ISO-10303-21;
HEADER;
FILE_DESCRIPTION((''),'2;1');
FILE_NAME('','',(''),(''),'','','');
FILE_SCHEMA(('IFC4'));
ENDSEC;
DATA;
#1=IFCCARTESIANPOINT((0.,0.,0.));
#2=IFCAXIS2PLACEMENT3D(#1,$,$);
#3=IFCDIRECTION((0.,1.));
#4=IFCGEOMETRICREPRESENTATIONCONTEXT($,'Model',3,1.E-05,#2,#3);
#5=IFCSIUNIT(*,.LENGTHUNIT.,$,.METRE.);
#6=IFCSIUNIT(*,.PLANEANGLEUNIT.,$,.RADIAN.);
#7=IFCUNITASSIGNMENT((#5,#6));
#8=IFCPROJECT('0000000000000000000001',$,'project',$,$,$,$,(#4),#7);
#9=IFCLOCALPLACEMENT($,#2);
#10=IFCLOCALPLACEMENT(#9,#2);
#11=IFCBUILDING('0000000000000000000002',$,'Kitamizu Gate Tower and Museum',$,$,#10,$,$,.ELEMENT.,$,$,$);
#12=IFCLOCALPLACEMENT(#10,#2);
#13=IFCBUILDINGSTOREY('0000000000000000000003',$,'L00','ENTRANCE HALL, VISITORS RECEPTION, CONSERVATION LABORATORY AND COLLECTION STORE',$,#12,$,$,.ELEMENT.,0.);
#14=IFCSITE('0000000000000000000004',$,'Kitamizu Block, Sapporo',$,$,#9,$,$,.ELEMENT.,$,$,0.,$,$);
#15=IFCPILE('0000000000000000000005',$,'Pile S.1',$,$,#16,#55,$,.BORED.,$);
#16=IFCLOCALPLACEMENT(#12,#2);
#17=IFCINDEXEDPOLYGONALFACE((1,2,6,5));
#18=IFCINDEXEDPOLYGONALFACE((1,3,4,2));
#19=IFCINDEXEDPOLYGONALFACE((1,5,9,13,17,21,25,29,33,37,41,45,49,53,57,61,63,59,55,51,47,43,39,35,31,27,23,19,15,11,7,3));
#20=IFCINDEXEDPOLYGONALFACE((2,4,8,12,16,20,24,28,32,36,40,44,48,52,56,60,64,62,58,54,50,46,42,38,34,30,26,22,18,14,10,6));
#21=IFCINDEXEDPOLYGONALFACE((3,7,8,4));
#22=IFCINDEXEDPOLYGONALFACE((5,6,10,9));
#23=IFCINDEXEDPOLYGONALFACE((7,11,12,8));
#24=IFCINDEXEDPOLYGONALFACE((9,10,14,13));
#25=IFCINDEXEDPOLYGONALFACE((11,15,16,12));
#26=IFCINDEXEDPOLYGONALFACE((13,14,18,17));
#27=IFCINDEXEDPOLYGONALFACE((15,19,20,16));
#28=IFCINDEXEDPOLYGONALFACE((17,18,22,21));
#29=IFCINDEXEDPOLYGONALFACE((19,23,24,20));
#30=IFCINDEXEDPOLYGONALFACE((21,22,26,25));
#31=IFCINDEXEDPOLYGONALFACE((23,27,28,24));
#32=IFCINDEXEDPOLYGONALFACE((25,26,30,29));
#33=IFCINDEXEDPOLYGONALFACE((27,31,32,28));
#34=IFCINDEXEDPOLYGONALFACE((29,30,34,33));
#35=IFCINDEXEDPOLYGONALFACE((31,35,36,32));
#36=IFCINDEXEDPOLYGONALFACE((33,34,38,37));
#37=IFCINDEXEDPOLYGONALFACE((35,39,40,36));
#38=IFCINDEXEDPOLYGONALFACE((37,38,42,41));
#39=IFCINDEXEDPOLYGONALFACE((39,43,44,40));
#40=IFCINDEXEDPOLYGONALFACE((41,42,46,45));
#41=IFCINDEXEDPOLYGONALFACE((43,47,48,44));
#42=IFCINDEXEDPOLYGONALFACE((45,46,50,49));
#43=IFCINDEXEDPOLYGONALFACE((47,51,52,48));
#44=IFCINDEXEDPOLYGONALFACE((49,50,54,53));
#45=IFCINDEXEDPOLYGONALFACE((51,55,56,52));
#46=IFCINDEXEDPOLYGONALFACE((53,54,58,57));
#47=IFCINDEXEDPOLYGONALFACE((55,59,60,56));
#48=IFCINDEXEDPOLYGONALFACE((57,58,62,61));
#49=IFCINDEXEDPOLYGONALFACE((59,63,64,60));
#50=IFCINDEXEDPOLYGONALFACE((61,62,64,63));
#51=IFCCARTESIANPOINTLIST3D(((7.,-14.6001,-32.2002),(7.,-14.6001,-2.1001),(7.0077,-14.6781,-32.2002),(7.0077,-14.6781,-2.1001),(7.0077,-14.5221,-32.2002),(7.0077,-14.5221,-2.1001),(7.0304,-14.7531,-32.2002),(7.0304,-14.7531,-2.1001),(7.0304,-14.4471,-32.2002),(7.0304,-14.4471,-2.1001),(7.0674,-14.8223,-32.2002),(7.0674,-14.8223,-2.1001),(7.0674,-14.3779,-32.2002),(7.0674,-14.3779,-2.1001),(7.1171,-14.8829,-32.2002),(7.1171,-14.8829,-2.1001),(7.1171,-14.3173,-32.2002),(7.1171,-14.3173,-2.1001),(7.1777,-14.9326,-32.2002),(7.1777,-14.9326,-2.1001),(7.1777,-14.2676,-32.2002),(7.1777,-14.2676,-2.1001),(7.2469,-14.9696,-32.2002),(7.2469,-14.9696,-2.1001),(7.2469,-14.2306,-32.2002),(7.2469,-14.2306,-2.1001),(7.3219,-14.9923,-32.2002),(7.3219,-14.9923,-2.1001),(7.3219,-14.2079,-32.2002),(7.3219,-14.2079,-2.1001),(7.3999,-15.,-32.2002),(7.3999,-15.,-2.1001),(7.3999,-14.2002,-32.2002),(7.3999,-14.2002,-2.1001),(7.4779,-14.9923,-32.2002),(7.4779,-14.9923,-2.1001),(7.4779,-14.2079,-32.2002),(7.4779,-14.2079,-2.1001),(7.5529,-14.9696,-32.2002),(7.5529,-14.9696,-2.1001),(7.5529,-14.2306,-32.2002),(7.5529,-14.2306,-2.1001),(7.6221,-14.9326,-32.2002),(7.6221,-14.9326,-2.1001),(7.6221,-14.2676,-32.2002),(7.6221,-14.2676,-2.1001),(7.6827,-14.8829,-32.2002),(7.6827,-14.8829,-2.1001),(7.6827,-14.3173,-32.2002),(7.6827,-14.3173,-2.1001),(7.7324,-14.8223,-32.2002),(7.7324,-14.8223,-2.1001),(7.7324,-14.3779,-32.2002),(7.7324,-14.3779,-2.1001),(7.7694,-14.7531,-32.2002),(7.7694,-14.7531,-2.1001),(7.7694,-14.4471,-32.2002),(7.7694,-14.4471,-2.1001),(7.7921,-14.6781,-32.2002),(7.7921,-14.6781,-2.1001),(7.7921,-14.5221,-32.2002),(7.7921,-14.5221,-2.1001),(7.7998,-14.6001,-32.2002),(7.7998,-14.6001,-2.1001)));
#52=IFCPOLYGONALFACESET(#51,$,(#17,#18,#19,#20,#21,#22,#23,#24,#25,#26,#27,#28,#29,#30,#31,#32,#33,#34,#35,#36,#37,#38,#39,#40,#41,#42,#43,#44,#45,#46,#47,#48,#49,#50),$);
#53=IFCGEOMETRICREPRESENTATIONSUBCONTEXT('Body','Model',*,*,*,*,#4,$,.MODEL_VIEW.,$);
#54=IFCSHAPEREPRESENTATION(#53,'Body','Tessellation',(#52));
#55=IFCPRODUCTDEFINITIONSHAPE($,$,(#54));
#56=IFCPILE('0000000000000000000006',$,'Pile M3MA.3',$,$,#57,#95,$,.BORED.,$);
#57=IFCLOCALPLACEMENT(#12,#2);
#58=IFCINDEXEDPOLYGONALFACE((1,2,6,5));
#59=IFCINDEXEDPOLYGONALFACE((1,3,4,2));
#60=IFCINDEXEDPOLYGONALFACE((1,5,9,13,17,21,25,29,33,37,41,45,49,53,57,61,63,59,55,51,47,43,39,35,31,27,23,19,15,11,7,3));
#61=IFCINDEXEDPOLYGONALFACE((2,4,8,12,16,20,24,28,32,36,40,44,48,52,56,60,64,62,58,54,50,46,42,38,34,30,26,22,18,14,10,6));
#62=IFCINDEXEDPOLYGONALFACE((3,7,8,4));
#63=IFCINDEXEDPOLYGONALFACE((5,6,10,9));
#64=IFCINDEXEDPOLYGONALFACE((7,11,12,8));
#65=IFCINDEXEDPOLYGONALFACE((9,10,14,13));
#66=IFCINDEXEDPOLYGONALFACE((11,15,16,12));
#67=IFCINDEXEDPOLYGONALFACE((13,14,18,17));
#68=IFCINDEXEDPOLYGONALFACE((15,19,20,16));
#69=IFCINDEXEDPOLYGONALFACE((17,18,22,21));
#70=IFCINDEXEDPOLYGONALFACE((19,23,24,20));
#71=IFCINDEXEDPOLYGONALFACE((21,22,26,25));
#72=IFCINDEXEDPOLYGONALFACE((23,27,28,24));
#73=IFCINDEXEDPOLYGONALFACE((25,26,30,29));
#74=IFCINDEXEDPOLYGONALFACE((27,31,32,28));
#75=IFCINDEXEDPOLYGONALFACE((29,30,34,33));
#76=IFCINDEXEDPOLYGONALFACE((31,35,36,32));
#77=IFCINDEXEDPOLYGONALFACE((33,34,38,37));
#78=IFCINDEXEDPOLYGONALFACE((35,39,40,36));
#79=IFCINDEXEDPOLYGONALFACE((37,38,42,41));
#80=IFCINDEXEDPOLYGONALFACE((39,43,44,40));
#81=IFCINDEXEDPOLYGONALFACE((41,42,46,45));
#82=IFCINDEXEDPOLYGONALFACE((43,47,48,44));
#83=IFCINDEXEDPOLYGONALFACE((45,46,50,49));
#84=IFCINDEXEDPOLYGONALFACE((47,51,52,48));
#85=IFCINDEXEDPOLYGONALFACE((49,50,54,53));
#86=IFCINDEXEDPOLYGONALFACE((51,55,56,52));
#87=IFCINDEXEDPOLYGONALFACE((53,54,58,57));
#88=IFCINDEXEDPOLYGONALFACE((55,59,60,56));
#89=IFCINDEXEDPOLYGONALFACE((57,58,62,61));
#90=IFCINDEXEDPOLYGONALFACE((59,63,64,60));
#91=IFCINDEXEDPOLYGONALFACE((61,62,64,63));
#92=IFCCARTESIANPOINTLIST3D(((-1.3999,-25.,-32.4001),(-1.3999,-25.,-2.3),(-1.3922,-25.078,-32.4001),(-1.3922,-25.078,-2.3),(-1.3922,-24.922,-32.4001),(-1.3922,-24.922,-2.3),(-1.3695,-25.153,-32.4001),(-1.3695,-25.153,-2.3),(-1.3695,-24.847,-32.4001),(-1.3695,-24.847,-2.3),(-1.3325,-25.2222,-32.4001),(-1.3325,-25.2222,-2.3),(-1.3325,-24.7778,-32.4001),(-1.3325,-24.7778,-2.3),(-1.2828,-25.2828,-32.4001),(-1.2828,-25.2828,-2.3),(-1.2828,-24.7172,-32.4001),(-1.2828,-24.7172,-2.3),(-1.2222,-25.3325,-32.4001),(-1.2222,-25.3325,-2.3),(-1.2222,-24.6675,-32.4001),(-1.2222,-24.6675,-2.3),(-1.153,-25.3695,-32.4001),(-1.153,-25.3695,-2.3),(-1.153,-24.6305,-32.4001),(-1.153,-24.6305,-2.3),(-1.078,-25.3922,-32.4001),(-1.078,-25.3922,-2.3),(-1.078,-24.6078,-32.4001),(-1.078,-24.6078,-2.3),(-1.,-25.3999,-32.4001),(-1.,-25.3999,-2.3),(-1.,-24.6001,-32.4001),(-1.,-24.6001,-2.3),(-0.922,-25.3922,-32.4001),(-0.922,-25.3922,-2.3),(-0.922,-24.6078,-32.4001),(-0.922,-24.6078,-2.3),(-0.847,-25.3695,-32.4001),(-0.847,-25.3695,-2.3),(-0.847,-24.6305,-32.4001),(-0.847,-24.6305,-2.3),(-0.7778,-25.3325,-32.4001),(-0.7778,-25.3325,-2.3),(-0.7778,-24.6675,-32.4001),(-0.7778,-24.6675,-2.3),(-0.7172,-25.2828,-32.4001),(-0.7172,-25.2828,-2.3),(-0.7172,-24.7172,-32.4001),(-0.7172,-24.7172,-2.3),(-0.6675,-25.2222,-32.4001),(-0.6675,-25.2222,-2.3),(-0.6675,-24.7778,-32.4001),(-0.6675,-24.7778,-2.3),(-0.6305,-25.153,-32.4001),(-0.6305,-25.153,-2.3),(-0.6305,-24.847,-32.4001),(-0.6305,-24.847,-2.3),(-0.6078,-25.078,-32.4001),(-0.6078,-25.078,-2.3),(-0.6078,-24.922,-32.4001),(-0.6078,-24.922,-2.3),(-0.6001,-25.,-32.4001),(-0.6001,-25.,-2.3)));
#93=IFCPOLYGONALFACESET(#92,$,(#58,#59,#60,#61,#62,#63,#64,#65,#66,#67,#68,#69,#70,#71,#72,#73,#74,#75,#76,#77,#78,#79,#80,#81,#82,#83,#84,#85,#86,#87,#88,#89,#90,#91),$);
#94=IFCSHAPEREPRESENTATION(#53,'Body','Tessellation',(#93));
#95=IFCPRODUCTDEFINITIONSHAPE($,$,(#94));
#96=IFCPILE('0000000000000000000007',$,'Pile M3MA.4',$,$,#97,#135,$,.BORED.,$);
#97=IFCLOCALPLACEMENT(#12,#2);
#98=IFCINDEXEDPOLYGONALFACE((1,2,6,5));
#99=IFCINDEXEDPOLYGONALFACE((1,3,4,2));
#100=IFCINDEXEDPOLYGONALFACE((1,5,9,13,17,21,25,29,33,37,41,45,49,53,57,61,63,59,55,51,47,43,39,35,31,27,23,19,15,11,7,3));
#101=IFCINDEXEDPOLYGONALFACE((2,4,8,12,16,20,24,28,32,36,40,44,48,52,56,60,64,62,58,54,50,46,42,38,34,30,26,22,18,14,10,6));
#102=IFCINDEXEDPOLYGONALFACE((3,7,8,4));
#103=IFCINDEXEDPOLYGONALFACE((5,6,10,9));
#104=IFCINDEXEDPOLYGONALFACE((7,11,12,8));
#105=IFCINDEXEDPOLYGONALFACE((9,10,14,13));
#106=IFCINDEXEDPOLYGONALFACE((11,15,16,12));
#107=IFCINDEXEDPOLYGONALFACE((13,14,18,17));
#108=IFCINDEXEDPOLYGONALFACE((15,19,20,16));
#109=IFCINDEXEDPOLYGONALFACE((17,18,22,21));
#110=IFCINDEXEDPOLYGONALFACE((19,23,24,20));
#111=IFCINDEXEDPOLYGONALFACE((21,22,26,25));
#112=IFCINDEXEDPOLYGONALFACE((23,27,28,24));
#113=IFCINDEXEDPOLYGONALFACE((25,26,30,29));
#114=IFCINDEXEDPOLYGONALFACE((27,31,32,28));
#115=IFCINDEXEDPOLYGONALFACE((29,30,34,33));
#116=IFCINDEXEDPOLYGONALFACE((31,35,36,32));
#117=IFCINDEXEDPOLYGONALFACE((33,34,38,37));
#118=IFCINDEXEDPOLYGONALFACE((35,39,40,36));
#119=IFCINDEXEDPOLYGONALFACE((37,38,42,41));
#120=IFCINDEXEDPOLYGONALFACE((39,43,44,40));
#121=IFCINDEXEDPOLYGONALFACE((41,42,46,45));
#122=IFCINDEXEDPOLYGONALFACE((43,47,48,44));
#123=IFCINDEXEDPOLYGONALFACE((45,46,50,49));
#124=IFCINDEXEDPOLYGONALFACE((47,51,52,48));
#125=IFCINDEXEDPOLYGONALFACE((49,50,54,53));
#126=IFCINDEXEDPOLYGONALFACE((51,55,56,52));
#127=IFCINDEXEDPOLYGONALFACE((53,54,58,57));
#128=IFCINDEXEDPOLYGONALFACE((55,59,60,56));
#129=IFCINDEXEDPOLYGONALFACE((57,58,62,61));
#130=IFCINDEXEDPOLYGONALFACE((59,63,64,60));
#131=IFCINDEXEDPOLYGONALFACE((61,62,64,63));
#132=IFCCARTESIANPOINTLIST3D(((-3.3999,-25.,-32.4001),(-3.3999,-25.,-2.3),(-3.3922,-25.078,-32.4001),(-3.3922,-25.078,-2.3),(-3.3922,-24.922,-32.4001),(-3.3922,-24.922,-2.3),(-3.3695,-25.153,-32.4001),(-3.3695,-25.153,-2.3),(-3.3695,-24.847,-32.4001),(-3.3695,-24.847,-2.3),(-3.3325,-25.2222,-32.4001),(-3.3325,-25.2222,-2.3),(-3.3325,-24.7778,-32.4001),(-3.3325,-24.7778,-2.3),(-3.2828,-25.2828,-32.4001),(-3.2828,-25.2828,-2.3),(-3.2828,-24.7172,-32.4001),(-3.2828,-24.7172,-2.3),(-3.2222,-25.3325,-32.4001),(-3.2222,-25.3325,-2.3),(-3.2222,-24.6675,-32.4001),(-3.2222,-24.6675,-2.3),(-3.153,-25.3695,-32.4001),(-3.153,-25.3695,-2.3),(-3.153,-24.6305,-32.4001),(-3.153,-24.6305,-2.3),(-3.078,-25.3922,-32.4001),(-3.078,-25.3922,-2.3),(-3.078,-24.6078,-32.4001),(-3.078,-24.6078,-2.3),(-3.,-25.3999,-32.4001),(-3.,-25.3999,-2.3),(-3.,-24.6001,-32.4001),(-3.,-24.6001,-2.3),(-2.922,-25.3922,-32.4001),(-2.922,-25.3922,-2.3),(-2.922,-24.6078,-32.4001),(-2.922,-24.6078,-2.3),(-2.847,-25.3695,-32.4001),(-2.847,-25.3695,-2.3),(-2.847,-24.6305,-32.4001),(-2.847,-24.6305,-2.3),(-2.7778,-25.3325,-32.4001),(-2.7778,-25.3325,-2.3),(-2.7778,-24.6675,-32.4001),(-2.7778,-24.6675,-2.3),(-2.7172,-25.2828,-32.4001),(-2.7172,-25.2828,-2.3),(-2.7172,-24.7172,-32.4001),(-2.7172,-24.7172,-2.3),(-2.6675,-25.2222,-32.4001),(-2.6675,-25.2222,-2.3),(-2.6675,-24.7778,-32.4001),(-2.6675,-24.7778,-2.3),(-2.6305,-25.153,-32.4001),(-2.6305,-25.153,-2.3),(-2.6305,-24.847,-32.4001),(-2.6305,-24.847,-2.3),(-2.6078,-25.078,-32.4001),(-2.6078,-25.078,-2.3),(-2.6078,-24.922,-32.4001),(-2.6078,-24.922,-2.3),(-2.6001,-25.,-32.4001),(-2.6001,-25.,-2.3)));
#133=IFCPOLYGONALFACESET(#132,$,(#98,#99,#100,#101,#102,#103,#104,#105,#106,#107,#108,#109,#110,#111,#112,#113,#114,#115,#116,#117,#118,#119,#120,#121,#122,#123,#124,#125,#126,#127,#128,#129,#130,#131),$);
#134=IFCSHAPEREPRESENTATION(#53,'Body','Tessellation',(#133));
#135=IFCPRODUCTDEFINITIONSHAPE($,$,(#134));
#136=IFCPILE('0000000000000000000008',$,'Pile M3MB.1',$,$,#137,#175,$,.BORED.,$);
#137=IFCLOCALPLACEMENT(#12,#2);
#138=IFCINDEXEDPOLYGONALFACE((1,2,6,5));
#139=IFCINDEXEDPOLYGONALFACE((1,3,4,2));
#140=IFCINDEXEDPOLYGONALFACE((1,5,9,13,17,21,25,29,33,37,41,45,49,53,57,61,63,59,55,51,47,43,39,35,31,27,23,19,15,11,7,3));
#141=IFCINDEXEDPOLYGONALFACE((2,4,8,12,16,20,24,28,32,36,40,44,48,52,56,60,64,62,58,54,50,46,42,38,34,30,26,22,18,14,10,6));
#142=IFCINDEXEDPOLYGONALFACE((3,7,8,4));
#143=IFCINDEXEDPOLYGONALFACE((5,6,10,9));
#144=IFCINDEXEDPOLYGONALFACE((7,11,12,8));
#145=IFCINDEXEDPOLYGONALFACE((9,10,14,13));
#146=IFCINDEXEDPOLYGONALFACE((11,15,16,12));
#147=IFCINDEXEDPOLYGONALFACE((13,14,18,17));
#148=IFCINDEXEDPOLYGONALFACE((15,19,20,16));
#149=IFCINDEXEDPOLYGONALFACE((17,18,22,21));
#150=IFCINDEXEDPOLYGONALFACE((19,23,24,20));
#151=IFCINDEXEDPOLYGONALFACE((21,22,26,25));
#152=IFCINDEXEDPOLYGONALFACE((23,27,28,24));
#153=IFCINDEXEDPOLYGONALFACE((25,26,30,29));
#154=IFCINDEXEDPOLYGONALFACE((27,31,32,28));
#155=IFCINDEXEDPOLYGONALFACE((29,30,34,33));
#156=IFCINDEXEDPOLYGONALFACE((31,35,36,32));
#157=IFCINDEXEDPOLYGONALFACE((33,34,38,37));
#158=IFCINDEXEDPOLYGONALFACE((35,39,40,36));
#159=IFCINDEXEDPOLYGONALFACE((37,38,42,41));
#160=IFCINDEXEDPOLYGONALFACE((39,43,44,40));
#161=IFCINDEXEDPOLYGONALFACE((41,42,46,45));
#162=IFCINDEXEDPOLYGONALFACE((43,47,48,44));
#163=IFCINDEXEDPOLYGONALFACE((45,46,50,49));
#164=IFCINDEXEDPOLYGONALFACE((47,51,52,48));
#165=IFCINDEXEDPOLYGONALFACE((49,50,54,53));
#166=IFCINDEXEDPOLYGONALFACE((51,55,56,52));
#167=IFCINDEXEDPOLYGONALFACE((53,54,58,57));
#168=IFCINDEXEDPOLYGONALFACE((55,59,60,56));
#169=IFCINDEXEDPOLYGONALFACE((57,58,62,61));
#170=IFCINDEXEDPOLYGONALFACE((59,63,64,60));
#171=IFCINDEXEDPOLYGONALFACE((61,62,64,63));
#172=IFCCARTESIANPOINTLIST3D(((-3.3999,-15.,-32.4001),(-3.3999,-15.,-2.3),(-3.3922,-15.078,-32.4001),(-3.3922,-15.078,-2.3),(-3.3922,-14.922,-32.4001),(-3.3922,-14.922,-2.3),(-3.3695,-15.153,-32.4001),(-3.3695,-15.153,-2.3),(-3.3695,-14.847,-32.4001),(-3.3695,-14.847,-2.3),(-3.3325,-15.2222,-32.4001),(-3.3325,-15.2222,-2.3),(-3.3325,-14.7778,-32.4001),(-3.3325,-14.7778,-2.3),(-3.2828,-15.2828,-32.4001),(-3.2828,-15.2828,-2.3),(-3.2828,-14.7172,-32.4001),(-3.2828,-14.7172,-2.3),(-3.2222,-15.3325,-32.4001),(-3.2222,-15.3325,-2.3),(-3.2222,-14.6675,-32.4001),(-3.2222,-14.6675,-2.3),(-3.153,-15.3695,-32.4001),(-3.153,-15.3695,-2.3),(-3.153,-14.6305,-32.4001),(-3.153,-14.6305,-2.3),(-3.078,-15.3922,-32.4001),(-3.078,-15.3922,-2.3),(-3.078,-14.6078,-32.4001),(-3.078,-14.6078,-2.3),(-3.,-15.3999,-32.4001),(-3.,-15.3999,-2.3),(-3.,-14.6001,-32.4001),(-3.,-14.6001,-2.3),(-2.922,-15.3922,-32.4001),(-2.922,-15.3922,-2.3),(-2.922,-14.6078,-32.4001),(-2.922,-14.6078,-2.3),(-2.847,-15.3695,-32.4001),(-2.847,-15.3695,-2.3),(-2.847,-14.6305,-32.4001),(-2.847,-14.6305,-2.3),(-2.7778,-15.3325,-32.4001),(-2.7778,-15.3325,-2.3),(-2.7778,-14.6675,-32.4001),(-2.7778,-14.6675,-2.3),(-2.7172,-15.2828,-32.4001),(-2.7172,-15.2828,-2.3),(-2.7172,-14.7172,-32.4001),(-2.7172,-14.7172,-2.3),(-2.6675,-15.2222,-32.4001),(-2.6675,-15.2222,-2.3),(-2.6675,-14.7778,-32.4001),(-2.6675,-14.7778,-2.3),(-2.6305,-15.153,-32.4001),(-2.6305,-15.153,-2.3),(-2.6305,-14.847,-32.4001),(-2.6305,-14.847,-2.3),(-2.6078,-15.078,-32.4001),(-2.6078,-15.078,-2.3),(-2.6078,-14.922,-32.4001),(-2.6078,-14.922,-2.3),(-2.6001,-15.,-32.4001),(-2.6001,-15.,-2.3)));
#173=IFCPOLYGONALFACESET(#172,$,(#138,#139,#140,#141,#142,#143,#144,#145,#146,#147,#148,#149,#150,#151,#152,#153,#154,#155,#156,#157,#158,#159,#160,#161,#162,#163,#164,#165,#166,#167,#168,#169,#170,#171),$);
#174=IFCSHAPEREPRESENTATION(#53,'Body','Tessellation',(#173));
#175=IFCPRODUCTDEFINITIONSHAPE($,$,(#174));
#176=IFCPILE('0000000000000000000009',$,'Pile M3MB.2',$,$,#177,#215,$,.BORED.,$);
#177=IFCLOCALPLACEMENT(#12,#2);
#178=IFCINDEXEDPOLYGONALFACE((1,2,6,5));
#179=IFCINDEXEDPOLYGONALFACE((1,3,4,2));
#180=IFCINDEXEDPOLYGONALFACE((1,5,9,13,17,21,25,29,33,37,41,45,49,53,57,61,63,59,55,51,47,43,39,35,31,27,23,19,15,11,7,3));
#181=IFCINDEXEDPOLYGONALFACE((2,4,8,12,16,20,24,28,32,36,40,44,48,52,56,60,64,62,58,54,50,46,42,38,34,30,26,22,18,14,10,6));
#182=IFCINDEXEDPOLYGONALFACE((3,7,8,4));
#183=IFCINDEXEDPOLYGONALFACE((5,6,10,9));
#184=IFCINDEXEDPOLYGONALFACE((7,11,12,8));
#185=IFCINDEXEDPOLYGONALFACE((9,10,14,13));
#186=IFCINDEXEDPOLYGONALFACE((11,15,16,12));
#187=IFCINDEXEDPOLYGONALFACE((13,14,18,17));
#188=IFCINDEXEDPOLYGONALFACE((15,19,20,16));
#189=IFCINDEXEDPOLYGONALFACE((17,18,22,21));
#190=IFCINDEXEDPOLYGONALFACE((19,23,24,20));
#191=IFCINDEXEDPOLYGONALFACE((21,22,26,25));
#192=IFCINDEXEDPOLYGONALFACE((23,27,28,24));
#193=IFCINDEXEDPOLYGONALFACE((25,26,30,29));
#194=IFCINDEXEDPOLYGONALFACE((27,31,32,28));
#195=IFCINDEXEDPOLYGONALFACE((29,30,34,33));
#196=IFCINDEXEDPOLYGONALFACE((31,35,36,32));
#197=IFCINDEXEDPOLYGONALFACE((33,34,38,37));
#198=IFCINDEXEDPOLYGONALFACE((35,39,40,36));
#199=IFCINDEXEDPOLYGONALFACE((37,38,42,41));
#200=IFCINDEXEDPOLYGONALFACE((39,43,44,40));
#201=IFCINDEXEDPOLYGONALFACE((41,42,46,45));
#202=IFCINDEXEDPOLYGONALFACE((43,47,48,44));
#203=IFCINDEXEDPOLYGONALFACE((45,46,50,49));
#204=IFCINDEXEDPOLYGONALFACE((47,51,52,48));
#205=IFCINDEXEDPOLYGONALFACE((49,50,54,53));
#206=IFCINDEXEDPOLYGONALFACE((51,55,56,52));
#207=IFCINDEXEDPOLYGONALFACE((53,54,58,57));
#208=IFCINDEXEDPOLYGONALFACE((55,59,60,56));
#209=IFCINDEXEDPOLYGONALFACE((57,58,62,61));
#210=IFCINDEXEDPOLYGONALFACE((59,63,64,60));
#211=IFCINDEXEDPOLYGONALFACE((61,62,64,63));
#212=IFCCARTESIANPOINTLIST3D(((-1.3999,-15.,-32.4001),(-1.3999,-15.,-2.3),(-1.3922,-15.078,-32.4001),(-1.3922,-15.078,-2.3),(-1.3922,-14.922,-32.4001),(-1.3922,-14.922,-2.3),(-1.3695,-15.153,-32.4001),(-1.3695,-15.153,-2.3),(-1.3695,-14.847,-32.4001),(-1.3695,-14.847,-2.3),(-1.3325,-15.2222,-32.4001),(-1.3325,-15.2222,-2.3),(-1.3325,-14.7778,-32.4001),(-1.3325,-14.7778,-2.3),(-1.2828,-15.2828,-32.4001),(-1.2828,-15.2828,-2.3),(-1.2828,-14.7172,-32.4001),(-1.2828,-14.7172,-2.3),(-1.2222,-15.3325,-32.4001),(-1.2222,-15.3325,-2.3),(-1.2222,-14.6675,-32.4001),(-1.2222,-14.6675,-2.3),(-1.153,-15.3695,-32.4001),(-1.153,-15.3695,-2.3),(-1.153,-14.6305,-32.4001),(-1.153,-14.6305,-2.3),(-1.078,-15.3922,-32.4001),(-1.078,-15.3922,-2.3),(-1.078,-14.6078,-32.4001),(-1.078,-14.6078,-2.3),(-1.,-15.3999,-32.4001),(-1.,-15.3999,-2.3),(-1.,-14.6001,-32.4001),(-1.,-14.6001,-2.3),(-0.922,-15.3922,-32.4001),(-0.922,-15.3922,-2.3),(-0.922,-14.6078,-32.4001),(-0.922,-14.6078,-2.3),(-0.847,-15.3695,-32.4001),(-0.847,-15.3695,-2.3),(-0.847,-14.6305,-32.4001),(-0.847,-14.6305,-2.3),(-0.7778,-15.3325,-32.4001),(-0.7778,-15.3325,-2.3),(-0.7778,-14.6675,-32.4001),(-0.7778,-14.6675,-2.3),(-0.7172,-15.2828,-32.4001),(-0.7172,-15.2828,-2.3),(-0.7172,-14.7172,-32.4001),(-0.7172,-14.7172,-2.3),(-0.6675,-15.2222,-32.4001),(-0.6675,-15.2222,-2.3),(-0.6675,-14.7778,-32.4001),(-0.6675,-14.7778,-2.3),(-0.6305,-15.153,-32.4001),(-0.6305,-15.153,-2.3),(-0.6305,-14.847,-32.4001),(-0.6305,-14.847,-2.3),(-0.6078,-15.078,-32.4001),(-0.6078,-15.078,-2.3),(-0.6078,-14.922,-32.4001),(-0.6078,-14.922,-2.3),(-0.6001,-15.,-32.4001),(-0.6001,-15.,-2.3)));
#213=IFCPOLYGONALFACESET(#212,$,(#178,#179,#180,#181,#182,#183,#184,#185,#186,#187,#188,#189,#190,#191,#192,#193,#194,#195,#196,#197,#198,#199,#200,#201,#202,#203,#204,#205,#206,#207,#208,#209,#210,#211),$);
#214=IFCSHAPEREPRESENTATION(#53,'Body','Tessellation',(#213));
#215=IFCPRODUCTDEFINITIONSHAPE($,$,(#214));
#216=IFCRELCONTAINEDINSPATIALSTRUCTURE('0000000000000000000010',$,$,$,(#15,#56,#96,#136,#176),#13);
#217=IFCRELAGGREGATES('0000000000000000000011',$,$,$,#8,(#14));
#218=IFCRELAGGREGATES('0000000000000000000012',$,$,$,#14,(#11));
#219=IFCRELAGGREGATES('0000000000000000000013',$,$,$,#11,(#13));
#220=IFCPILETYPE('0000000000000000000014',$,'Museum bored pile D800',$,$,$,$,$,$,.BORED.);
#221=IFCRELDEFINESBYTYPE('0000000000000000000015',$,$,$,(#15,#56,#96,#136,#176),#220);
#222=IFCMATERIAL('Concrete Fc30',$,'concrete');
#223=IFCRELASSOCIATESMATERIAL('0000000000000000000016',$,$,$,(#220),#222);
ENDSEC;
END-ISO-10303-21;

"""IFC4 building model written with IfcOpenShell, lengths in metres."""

from ifc_helpers import new_model, si_unit, direction, frame, origin, origin_2d, place, context, subcontext, project, spatial, circle, extrude, material, material_profile, profile_set, type_object, element, save


model = new_model("IFC4")

# Units and contexts
model_context = context("Model", 3, precision=1e-05, world=origin(), true_north=direction((0.0, 1.0)))
body_context = subcontext(model_context, "Body", "Model", "MODEL_VIEW")
ifc_project = project(units=[si_unit("LENGTHUNIT", "METRE"), si_unit("PLANEANGLEUNIT", "RADIAN")], contexts=[model_context])

# Site, building, storey
site_placement = place(None, origin())
site = spatial("IfcSite", under=ifc_project, at=site_placement, Name="Kitamizu Block, Sapporo", CompositionType="ELEMENT", RefElevation=0.0)
building_placement = place(site_placement, origin())
building = spatial("IfcBuilding", under=site, at=building_placement, Name="Kitamizu Gate Tower and Museum", CompositionType="ELEMENT")
storey_placement = place(building_placement, origin())
storey = spatial("IfcBuildingStorey", under=building, at=storey_placement, Name="L00", Description="ENTRANCE HALL, VISITORS RECEPTION, CONSERVATION LABORATORY AND COLLECTION STORE", CompositionType="ELEMENT", Elevation=0.0)

# Piles
ifc_material_1 = material(Name="Concrete Fc30", Category="concrete")
ifc_material_profile_1 = material_profile(ifc_material_1, circle(Radius=0.3999, at=origin_2d()), Name="D800")
ifc_profile_set_1 = profile_set([ifc_material_profile_1], Name="Concrete Fc30")
pile_type = type_object("IfcPileType", Name="Museum bored pile D800", PredefinedType="BORED", material=ifc_profile_set_1)
for number, where, z_axis, x_axis, name in (
    (1, (7.3999, -14.6001, -2.1001), (0.0, 0.0, -1.0), (1.0, 0.0, 0.0), "Pile S.1"),
    (2, (-1.0, -25.0, -2.3), (0.0, 0.0, -1.0), (1.0, 0.0, 0.0), "Pile M3MA.3"),
    (3, (-3.0, -25.0, -2.3), (0.0, 0.0, -1.0), (1.0, 0.0, 0.0), "Pile M3MA.4"),
    (4, (-3.0, -15.0, -2.3), (0.0, 0.0, -1.0), (1.0, 0.0, 0.0), "Pile M3MB.1"),
    (5, (-1.0, -15.0, -2.3), (0.0, 0.0, -1.0), (1.0, 0.0, 0.0), "Pile M3MB.2"),
):
    element("IfcPile", number, at=place(storey_placement, frame(where, z_axis=z_axis, x_axis=x_axis)), inside=storey, type_object=pile_type, Name=name, PredefinedType="BORED", context=body_context, shape_type="SweptSolid", body=[
        extrude(circle(Radius=0.3999, at=origin_2d()), origin(), (0.0, 0.0, 1.0), 30.1001),
    ])

save(model, "model.ifc")
